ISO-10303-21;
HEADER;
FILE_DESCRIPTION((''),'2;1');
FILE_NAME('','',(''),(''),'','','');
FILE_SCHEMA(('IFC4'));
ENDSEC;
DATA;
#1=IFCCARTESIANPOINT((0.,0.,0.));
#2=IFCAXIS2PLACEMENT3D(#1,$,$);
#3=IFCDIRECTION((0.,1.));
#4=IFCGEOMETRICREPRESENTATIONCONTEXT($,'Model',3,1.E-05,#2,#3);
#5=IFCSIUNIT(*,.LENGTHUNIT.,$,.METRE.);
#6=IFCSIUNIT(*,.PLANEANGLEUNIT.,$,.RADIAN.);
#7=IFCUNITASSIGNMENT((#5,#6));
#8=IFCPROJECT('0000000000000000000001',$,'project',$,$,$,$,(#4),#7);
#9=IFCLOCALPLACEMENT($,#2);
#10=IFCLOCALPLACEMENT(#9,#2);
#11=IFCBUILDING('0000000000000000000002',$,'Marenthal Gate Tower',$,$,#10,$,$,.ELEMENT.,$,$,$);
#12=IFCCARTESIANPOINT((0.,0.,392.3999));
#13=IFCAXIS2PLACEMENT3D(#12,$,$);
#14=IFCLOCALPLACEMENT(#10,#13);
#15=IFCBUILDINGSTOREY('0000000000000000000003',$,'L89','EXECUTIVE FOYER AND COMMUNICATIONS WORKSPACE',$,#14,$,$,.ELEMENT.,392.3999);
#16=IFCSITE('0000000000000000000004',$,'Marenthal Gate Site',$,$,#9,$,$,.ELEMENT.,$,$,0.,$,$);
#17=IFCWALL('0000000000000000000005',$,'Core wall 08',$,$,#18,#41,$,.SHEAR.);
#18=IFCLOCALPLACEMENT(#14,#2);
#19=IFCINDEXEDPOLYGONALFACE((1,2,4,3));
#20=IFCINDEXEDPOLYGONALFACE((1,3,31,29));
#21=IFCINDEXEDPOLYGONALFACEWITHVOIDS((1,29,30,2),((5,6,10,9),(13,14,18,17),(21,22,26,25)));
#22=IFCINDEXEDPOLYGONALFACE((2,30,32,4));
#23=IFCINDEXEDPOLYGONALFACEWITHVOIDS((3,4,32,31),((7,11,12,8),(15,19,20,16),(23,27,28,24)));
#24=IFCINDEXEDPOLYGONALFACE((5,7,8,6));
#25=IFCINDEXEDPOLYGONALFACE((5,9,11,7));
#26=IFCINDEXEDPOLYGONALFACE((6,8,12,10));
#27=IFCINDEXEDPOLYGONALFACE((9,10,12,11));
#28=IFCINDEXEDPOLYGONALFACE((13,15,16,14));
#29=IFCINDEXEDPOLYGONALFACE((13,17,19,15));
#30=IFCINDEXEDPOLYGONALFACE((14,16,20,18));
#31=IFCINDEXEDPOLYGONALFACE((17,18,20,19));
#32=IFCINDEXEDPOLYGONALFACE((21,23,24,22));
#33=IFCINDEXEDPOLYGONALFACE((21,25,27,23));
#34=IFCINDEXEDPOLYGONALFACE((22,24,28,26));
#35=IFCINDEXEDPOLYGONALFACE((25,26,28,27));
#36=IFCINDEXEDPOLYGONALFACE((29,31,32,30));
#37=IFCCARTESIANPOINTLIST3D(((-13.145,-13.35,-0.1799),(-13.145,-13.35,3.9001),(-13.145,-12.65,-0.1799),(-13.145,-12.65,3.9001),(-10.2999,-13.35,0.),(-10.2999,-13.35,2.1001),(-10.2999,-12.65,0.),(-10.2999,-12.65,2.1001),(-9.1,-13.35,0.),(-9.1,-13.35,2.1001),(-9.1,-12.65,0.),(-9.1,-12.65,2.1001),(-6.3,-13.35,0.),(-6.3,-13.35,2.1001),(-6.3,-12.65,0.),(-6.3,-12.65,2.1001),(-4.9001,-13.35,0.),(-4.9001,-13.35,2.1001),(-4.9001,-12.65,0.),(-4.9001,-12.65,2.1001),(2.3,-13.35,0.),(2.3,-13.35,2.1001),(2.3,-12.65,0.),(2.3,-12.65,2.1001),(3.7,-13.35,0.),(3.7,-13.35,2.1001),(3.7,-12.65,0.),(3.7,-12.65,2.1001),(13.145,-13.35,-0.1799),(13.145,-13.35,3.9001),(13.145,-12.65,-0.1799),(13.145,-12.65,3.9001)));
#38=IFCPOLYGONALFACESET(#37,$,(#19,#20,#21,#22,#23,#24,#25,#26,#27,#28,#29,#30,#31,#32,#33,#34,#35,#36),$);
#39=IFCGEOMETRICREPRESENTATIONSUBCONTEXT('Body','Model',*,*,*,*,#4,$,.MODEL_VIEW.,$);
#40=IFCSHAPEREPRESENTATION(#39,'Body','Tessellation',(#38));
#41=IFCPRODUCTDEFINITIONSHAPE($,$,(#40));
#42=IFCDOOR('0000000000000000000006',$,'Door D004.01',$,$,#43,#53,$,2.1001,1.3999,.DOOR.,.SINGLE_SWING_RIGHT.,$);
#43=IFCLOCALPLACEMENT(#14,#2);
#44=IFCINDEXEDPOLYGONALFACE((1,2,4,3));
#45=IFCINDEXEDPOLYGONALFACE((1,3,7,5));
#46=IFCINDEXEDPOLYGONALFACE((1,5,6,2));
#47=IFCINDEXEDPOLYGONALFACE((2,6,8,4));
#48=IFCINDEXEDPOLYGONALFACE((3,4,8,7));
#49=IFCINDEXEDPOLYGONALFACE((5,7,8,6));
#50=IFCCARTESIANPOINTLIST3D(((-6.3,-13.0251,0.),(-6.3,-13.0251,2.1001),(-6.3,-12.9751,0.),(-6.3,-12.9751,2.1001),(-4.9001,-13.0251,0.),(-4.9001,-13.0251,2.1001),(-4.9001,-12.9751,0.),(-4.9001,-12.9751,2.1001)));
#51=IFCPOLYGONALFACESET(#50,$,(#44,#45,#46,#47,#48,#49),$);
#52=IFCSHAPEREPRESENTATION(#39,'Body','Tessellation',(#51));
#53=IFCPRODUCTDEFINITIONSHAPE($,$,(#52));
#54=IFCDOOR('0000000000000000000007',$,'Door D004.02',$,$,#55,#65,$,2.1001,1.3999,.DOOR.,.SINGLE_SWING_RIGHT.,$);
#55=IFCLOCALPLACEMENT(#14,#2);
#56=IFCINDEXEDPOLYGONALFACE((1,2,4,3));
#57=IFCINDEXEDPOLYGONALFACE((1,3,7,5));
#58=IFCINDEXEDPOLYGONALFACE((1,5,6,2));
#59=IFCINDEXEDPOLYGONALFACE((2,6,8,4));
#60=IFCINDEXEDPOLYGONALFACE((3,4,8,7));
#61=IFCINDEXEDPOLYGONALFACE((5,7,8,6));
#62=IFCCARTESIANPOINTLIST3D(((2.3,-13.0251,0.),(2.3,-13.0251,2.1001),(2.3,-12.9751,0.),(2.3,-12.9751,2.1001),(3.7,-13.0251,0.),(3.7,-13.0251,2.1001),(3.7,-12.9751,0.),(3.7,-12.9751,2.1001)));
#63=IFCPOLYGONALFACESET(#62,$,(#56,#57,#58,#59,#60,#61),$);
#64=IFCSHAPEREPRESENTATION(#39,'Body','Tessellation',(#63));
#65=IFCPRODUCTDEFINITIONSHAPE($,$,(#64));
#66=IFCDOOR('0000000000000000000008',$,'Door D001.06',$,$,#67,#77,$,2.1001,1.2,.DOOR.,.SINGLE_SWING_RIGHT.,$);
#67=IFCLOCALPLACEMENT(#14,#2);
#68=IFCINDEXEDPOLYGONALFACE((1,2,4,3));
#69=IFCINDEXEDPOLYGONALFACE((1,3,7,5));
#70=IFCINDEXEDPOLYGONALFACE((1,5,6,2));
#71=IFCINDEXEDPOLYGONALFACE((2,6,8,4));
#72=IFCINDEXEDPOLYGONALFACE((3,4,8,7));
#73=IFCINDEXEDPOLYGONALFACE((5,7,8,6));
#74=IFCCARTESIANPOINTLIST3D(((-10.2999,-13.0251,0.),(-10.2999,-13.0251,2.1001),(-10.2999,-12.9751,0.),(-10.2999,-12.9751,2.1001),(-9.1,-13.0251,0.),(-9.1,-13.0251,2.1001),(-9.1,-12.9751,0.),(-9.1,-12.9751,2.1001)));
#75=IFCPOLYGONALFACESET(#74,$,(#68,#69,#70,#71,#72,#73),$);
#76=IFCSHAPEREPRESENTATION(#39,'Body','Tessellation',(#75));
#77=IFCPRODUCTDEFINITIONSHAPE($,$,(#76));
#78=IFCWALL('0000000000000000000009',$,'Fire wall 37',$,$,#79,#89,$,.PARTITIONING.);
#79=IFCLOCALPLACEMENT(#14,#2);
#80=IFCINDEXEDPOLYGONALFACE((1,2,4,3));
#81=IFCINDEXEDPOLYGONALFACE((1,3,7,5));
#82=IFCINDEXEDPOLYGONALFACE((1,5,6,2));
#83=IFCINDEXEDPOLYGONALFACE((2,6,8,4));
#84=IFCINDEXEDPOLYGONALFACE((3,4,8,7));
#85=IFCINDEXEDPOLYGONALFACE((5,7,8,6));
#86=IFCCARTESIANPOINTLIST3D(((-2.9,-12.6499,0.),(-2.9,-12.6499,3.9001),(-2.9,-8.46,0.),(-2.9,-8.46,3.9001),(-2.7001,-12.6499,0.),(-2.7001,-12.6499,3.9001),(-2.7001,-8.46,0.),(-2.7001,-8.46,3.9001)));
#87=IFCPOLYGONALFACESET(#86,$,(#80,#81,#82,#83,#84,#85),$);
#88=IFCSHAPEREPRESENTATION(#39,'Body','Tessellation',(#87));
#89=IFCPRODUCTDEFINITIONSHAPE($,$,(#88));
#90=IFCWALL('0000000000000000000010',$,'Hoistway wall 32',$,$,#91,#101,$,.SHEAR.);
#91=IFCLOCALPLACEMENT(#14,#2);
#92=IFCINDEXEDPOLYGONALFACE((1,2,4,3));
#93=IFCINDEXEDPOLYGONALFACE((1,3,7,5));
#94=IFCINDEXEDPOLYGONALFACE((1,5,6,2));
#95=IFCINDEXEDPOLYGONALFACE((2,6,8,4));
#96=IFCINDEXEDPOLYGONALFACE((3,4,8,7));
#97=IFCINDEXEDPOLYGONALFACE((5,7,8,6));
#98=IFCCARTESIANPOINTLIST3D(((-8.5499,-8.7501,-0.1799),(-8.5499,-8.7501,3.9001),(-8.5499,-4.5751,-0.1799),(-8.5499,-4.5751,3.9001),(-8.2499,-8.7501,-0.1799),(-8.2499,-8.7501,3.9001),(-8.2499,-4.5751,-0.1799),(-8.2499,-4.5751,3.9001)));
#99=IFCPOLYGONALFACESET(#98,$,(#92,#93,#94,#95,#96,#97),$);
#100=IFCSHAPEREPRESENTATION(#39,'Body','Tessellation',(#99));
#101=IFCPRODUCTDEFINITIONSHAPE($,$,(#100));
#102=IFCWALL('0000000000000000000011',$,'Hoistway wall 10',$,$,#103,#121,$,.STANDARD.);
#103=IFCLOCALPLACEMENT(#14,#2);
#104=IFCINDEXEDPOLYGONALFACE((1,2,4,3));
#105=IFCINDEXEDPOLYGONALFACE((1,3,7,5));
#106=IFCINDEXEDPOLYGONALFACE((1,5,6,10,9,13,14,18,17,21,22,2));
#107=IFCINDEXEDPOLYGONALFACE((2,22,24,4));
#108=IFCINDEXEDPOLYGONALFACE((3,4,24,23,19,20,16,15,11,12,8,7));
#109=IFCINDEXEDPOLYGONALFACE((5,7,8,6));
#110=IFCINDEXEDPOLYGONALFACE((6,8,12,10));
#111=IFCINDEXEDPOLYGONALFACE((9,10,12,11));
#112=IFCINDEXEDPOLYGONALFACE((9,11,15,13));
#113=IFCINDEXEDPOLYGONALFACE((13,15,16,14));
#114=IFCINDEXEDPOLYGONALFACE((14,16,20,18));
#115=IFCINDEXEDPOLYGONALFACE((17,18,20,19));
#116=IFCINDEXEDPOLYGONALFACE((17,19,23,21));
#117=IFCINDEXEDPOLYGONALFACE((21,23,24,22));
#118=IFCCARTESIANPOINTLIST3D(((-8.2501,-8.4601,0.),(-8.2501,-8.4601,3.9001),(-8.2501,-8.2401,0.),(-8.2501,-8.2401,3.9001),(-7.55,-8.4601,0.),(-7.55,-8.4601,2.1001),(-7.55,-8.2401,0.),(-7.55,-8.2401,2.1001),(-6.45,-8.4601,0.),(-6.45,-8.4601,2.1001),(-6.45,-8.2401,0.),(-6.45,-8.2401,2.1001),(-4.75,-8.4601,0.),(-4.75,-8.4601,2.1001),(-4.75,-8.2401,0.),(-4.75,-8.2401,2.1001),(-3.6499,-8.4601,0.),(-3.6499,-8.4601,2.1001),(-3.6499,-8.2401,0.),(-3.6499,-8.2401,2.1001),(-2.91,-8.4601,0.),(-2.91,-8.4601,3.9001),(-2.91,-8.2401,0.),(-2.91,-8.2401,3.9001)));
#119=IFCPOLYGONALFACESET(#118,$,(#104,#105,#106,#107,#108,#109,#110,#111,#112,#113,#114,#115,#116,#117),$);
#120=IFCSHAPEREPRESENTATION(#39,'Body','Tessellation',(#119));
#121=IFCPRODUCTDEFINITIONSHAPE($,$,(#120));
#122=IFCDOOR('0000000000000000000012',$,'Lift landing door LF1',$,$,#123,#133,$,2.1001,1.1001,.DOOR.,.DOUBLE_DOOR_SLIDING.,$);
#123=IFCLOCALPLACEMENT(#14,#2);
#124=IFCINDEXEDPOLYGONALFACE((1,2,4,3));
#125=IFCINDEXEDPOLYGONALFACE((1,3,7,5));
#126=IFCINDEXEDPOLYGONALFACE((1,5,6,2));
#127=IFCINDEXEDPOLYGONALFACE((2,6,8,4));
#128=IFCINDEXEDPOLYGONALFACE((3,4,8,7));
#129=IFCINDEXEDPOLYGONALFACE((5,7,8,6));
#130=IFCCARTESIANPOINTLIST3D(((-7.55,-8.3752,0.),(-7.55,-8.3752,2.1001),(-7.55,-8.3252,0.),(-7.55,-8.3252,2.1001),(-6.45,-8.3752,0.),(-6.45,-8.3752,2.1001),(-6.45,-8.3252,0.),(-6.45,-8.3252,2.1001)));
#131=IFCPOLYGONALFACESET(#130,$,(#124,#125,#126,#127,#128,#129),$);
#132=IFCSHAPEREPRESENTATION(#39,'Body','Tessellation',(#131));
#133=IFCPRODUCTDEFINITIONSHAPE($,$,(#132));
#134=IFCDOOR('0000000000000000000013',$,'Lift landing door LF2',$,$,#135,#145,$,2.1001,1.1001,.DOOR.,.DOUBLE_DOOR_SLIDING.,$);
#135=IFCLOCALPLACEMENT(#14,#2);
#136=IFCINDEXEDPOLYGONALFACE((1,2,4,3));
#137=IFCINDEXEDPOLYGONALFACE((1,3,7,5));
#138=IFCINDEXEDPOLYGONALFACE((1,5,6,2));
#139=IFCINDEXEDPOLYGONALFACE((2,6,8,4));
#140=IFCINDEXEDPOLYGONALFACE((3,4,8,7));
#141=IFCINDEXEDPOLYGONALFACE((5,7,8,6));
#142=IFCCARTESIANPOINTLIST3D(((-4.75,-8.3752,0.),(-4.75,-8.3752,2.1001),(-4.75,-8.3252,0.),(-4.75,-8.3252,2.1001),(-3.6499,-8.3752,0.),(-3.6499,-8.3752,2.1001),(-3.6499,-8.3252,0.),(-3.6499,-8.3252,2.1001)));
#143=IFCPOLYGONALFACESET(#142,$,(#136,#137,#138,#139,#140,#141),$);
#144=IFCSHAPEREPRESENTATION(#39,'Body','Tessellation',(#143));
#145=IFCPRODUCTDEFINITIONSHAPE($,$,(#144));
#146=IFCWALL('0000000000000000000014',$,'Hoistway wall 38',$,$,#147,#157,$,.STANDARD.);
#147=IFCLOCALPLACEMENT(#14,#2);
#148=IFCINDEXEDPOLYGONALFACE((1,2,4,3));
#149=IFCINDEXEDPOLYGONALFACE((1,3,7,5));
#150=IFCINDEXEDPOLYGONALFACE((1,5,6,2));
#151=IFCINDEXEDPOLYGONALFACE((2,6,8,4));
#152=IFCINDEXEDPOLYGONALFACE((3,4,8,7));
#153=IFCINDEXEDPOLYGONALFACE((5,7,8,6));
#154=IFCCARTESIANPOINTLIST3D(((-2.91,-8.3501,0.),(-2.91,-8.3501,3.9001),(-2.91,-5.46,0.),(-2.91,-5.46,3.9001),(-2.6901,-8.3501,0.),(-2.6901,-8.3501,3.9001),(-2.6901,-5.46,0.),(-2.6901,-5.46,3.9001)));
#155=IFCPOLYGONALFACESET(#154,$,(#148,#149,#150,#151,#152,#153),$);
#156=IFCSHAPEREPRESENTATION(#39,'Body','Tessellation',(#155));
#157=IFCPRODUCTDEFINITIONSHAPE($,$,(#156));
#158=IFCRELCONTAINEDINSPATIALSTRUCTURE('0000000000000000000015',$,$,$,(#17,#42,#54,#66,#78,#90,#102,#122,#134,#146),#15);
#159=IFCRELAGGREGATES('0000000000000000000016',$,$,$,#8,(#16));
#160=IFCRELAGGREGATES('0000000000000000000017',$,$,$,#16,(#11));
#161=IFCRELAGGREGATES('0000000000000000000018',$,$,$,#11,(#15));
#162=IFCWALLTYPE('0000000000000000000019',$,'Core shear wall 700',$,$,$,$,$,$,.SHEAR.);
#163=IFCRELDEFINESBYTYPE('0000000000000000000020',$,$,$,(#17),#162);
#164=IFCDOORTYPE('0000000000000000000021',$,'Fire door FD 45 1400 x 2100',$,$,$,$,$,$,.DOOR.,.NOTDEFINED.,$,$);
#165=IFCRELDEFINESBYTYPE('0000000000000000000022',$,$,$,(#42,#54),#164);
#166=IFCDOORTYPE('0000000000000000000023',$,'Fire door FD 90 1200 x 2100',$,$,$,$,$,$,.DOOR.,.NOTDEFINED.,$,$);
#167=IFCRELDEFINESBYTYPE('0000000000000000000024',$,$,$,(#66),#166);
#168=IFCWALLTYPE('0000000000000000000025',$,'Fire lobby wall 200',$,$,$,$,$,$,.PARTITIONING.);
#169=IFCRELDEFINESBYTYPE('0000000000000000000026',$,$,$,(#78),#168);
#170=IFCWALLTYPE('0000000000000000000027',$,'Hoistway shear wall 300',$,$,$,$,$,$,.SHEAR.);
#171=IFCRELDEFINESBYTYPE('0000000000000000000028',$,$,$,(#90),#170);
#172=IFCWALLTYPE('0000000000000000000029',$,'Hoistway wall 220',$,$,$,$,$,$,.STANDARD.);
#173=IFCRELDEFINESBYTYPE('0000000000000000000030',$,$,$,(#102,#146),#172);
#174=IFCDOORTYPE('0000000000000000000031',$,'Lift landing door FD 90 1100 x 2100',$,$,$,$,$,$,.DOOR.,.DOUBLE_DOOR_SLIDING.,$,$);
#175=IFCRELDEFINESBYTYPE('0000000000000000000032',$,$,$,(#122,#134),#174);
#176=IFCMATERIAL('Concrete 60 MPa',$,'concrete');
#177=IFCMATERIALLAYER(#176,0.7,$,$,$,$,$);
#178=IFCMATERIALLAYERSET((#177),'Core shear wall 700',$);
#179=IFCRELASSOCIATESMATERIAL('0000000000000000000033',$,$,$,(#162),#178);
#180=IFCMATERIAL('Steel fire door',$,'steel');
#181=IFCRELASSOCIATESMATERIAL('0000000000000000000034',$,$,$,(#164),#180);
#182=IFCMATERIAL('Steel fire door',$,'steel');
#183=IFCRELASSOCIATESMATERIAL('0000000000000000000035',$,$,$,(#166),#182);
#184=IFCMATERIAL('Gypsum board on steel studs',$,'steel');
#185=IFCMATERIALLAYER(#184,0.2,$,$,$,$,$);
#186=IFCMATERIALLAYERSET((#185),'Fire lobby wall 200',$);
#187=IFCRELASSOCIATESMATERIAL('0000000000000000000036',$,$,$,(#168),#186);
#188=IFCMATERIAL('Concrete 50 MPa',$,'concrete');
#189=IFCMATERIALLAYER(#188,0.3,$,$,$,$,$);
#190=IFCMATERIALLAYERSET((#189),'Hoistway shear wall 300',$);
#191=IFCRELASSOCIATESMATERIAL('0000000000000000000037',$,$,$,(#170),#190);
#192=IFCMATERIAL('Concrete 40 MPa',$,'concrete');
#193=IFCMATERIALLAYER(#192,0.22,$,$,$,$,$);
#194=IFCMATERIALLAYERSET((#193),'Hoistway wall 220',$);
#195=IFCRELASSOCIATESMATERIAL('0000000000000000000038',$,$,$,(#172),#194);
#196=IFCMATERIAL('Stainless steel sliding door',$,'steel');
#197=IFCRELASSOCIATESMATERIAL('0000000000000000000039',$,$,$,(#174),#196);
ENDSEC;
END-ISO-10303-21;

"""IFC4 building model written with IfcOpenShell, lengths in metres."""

from ifc_helpers import new_model, si_unit, direction, frame, frame_2d, origin, place, context, subcontext, project, spatial, rectangle, extrude, material, layer, layer_set, type_object, element, fill, save


model = new_model("IFC4")

# Units and contexts
model_context = context("Model", 3, precision=1e-05, world=origin(), true_north=direction((0.0, 1.0)))
body_context = subcontext(model_context, "Body", "Model", "MODEL_VIEW")
ifc_project = project(units=[si_unit("LENGTHUNIT", "METRE"), si_unit("PLANEANGLEUNIT", "RADIAN")], contexts=[model_context])

# Site, building, storey
site_placement = place(None, origin())
site = spatial("IfcSite", under=ifc_project, at=site_placement, Name="Marenthal Gate Site", CompositionType="ELEMENT", RefElevation=0.0)
building_placement = place(site_placement, origin())
building = spatial("IfcBuilding", under=site, at=building_placement, Name="Marenthal Gate Tower", CompositionType="ELEMENT")
storey_placement = place(building_placement, frame((0.0, 0.0, 392.3999)))
storey = spatial("IfcBuildingStorey", under=building, at=storey_placement, Name="L89", Description="EXECUTIVE FOYER AND COMMUNICATIONS WORKSPACE", CompositionType="ELEMENT", Elevation=392.3999)

# Wall, openings, doors
ifc_material_1 = material(Name="Concrete 60 MPa", Category="concrete")
ifc_layer_1 = layer(ifc_material_1, 0.7)
ifc_layer_set_1 = layer_set([ifc_layer_1], Name="Core shear wall 700")
wall_type_1 = type_object("IfcWallType", Name="Core shear wall 700", PredefinedType="SHEAR", material=ifc_layer_set_1)
wall_1_placement = place(storey_placement, frame((-13.145, -13.0, -0.1799), z_axis=(0.0, 0.0, 1.0), x_axis=(1.0, 0.0, 0.0)))
wall_1 = element("IfcWall", 1, at=wall_1_placement, inside=storey, type_object=wall_type_1, Name="Core wall 08", PredefinedType="SHEAR", context=body_context, shape_type="SweptSolid", body=[
    extrude(rectangle(XDim=26.29, YDim=0.7, at=frame_2d((13.145, 0.0))), origin(), (0.0, 0.0, 1.0), 4.0801),
])
opening_1_placement = place(wall_1_placement, frame((2.845, 0.0, 0.1799)))
opening_1 = element("IfcOpeningElement", 2, at=opening_1_placement, cuts=wall_1, PredefinedType="OPENING", context=body_context, shape_type="SweptSolid", body=[
    extrude(rectangle(XDim=1.2, YDim=2.1001, at=frame_2d((0.6001, 1.05))), frame((0.0, 0.3599, 0.0), z_axis=(0.0, -1.0, 0.0), x_axis=(1.0, 0.0, 0.0)), (0.0, 0.0, 1.0), 0.72),
])
opening_2_placement = place(wall_1_placement, frame((6.845, 0.0, 0.1799)))
opening_2 = element("IfcOpeningElement", 3, at=opening_2_placement, cuts=wall_1, PredefinedType="OPENING", context=body_context, shape_type="SweptSolid", body=[
    extrude(rectangle(XDim=1.3999, YDim=2.1001, at=frame_2d((0.7, 1.05))), frame((0.0, 0.3599, 0.0), z_axis=(0.0, -1.0, 0.0), x_axis=(1.0, 0.0, 0.0)), (0.0, 0.0, 1.0), 0.72),
])
opening_3_placement = place(wall_1_placement, frame((15.4451, 0.0, 0.1799)))
opening_3 = element("IfcOpeningElement", 4, at=opening_3_placement, cuts=wall_1, PredefinedType="OPENING", context=body_context, shape_type="SweptSolid", body=[
    extrude(rectangle(XDim=1.3999, YDim=2.1001, at=frame_2d((0.7, 1.05))), frame((0.0, 0.3599, 0.0), z_axis=(0.0, -1.0, 0.0), x_axis=(1.0, 0.0, 0.0)), (0.0, 0.0, 1.0), 0.72),
])
ifc_material_2 = material(Name="Steel fire door", Category="steel")
door_type_1 = type_object("IfcDoorType", Name="Fire door FD 45 1400 x 2100", OperationType="NOTDEFINED", PredefinedType="DOOR", material=ifc_material_2)
door_1_placement = place(opening_2_placement, origin())
door_1 = element("IfcDoor", 5, at=door_1_placement, inside=storey, type_object=door_type_1, Name="Door D004.01", OperationType="SINGLE_SWING_RIGHT", OverallHeight=2.1001, OverallWidth=1.3999, PredefinedType="DOOR", context=body_context, shape_type="SweptSolid", body=[
    extrude(rectangle(XDim=1.3999, YDim=2.1001, at=frame_2d((0.7, 1.05))), frame((0.0, 0.0249, 0.0), z_axis=(0.0, -1.0, 0.0), x_axis=(1.0, 0.0, 0.0)), (0.0, 0.0, 1.0), 0.05),
])
fill(opening_2, door_1)
door_2_placement = place(opening_3_placement, origin())
door_2 = element("IfcDoor", 6, at=door_2_placement, inside=storey, type_object=door_type_1, Name="Door D004.02", OperationType="SINGLE_SWING_RIGHT", OverallHeight=2.1001, OverallWidth=1.3999, PredefinedType="DOOR", context=body_context, shape_type="SweptSolid", body=[
    extrude(rectangle(XDim=1.3999, YDim=2.1001, at=frame_2d((0.7, 1.05))), frame((0.0, 0.0249, 0.0), z_axis=(0.0, -1.0, 0.0), x_axis=(1.0, 0.0, 0.0)), (0.0, 0.0, 1.0), 0.05),
])
fill(opening_3, door_2)
ifc_material_3 = material(Name="Steel fire door", Category="steel")
door_type_2 = type_object("IfcDoorType", Name="Fire door FD 90 1200 x 2100", OperationType="NOTDEFINED", PredefinedType="DOOR", material=ifc_material_3)
door_3_placement = place(opening_1_placement, origin())
door_3 = element("IfcDoor", 7, at=door_3_placement, inside=storey, type_object=door_type_2, Name="Door D001.06", OperationType="SINGLE_SWING_RIGHT", OverallHeight=2.1001, OverallWidth=1.2, PredefinedType="DOOR", context=body_context, shape_type="SweptSolid", body=[
    extrude(rectangle(XDim=1.2, YDim=2.1001, at=frame_2d((0.6001, 1.05))), frame((0.0, 0.0249, 0.0), z_axis=(0.0, -1.0, 0.0), x_axis=(1.0, 0.0, 0.0)), (0.0, 0.0, 1.0), 0.05),
])
fill(opening_1, door_3)

# Walls
ifc_material_4 = material(Name="Gypsum board on steel studs", Category="steel")
ifc_layer_2 = layer(ifc_material_4, 0.2)
ifc_layer_set_2 = layer_set([ifc_layer_2], Name="Fire lobby wall 200")
wall_type_2 = type_object("IfcWallType", Name="Fire lobby wall 200", PredefinedType="PARTITIONING", material=ifc_layer_set_2)
wall_2_placement = place(storey_placement, frame((-2.8, -12.6499, 0.0), z_axis=(0.0, 0.0, 1.0), x_axis=(0.0, 1.0, 0.0)))
element("IfcWall", 8, at=wall_2_placement, inside=storey, type_object=wall_type_2, Name="Fire wall 37", PredefinedType="PARTITIONING", context=body_context, shape_type="SweptSolid", body=[
    extrude(rectangle(XDim=4.1899, YDim=0.2, at=frame_2d((2.095, 0.0))), origin(), (0.0, 0.0, 1.0), 3.9001),
])
ifc_material_5 = material(Name="Concrete 50 MPa", Category="concrete")
ifc_layer_3 = layer(ifc_material_5, 0.3)
ifc_layer_set_3 = layer_set([ifc_layer_3], Name="Hoistway shear wall 300")
wall_type_3 = type_object("IfcWallType", Name="Hoistway shear wall 300", PredefinedType="SHEAR", material=ifc_layer_set_3)
wall_3_placement = place(storey_placement, frame((-8.3999, -8.75, -0.1799), z_axis=(0.0, 0.0, 1.0), x_axis=(0.0, 1.0, 0.0)))
element("IfcWall", 9, at=wall_3_placement, inside=storey, type_object=wall_type_3, Name="Hoistway wall 32", PredefinedType="SHEAR", context=body_context, shape_type="SweptSolid", body=[
    extrude(rectangle(XDim=4.175, YDim=0.3, at=frame_2d((2.0874, 0.0))), origin(), (0.0, 0.0, 1.0), 4.0801),
])

# Wall, openings, doors
ifc_material_6 = material(Name="Concrete 40 MPa", Category="concrete")
ifc_layer_4 = layer(ifc_material_6, 0.22)
ifc_layer_set_4 = layer_set([ifc_layer_4], Name="Hoistway wall 220")
wall_type_4 = type_object("IfcWallType", Name="Hoistway wall 220", PredefinedType="STANDARD", material=ifc_layer_set_4)
wall_4_placement = place(storey_placement, frame((-8.25, -8.3501, 0.0), z_axis=(0.0, 0.0, 1.0), x_axis=(1.0, 0.0, 0.0)))
wall_4 = element("IfcWall", 10, at=wall_4_placement, inside=storey, type_object=wall_type_4, Name="Hoistway wall 10", PredefinedType="STANDARD", context=body_context, shape_type="SweptSolid", body=[
    extrude(rectangle(XDim=5.3401, YDim=0.22, at=frame_2d((2.6699, 0.0))), origin(), (0.0, 0.0, 1.0), 3.9001),
])
opening_4_placement = place(wall_4_placement, frame((0.7, 0.0, 0.0)))
opening_4 = element("IfcOpeningElement", 11, at=opening_4_placement, cuts=wall_4, PredefinedType="OPENING", context=body_context, shape_type="SweptSolid", body=[
    extrude(rectangle(XDim=1.1001, YDim=2.1001, at=frame_2d((0.55, 1.05))), frame((0.0, 0.1201, 0.0), z_axis=(0.0, -1.0, 0.0), x_axis=(1.0, 0.0, 0.0)), (0.0, 0.0, 1.0), 0.24),
])
opening_5_placement = place(wall_4_placement, frame((3.5, 0.0, 0.0)))
opening_5 = element("IfcOpeningElement", 12, at=opening_5_placement, cuts=wall_4, PredefinedType="OPENING", context=body_context, shape_type="SweptSolid", body=[
    extrude(rectangle(XDim=1.1001, YDim=2.1001, at=frame_2d((0.55, 1.05))), frame((0.0, 0.1201, 0.0), z_axis=(0.0, -1.0, 0.0), x_axis=(1.0, 0.0, 0.0)), (0.0, 0.0, 1.0), 0.24),
])
ifc_material_7 = material(Name="Stainless steel sliding door", Category="steel")
door_type_3 = type_object("IfcDoorType", Name="Lift landing door FD 90 1100 x 2100", OperationType="DOUBLE_DOOR_SLIDING", PredefinedType="DOOR", material=ifc_material_7)
door_4_placement = place(opening_4_placement, origin())
door_4 = element("IfcDoor", 13, at=door_4_placement, inside=storey, type_object=door_type_3, Name="Lift landing door LF1", OperationType="DOUBLE_DOOR_SLIDING", OverallHeight=2.1001, OverallWidth=1.1001, PredefinedType="DOOR", context=body_context, shape_type="SweptSolid", body=[
    extrude(rectangle(XDim=1.1001, YDim=2.1001, at=frame_2d((0.55, 1.05))), frame((0.0, 0.0249, 0.0), z_axis=(0.0, -1.0, 0.0), x_axis=(1.0, 0.0, 0.0)), (0.0, 0.0, 1.0), 0.05),
])
fill(opening_4, door_4)
door_5_placement = place(opening_5_placement, origin())
door_5 = element("IfcDoor", 14, at=door_5_placement, inside=storey, type_object=door_type_3, Name="Lift landing door LF2", OperationType="DOUBLE_DOOR_SLIDING", OverallHeight=2.1001, OverallWidth=1.1001, PredefinedType="DOOR", context=body_context, shape_type="SweptSolid", body=[
    extrude(rectangle(XDim=1.1001, YDim=2.1001, at=frame_2d((0.55, 1.05))), frame((0.0, 0.0249, 0.0), z_axis=(0.0, -1.0, 0.0), x_axis=(1.0, 0.0, 0.0)), (0.0, 0.0, 1.0), 0.05),
])
fill(opening_5, door_5)

# Wall
wall_5_placement = place(storey_placement, frame((-2.8, -8.3501, 0.0), z_axis=(0.0, 0.0, 1.0), x_axis=(0.0, 1.0, 0.0)))
element("IfcWall", 15, at=wall_5_placement, inside=storey, type_object=wall_type_4, Name="Hoistway wall 38", PredefinedType="STANDARD", context=body_context, shape_type="SweptSolid", body=[
    extrude(rectangle(XDim=2.8901, YDim=0.22, at=frame_2d((1.4451, 0.0))), origin(), (0.0, 0.0, 1.0), 3.9001),
])

save(model, "model.ifc")
